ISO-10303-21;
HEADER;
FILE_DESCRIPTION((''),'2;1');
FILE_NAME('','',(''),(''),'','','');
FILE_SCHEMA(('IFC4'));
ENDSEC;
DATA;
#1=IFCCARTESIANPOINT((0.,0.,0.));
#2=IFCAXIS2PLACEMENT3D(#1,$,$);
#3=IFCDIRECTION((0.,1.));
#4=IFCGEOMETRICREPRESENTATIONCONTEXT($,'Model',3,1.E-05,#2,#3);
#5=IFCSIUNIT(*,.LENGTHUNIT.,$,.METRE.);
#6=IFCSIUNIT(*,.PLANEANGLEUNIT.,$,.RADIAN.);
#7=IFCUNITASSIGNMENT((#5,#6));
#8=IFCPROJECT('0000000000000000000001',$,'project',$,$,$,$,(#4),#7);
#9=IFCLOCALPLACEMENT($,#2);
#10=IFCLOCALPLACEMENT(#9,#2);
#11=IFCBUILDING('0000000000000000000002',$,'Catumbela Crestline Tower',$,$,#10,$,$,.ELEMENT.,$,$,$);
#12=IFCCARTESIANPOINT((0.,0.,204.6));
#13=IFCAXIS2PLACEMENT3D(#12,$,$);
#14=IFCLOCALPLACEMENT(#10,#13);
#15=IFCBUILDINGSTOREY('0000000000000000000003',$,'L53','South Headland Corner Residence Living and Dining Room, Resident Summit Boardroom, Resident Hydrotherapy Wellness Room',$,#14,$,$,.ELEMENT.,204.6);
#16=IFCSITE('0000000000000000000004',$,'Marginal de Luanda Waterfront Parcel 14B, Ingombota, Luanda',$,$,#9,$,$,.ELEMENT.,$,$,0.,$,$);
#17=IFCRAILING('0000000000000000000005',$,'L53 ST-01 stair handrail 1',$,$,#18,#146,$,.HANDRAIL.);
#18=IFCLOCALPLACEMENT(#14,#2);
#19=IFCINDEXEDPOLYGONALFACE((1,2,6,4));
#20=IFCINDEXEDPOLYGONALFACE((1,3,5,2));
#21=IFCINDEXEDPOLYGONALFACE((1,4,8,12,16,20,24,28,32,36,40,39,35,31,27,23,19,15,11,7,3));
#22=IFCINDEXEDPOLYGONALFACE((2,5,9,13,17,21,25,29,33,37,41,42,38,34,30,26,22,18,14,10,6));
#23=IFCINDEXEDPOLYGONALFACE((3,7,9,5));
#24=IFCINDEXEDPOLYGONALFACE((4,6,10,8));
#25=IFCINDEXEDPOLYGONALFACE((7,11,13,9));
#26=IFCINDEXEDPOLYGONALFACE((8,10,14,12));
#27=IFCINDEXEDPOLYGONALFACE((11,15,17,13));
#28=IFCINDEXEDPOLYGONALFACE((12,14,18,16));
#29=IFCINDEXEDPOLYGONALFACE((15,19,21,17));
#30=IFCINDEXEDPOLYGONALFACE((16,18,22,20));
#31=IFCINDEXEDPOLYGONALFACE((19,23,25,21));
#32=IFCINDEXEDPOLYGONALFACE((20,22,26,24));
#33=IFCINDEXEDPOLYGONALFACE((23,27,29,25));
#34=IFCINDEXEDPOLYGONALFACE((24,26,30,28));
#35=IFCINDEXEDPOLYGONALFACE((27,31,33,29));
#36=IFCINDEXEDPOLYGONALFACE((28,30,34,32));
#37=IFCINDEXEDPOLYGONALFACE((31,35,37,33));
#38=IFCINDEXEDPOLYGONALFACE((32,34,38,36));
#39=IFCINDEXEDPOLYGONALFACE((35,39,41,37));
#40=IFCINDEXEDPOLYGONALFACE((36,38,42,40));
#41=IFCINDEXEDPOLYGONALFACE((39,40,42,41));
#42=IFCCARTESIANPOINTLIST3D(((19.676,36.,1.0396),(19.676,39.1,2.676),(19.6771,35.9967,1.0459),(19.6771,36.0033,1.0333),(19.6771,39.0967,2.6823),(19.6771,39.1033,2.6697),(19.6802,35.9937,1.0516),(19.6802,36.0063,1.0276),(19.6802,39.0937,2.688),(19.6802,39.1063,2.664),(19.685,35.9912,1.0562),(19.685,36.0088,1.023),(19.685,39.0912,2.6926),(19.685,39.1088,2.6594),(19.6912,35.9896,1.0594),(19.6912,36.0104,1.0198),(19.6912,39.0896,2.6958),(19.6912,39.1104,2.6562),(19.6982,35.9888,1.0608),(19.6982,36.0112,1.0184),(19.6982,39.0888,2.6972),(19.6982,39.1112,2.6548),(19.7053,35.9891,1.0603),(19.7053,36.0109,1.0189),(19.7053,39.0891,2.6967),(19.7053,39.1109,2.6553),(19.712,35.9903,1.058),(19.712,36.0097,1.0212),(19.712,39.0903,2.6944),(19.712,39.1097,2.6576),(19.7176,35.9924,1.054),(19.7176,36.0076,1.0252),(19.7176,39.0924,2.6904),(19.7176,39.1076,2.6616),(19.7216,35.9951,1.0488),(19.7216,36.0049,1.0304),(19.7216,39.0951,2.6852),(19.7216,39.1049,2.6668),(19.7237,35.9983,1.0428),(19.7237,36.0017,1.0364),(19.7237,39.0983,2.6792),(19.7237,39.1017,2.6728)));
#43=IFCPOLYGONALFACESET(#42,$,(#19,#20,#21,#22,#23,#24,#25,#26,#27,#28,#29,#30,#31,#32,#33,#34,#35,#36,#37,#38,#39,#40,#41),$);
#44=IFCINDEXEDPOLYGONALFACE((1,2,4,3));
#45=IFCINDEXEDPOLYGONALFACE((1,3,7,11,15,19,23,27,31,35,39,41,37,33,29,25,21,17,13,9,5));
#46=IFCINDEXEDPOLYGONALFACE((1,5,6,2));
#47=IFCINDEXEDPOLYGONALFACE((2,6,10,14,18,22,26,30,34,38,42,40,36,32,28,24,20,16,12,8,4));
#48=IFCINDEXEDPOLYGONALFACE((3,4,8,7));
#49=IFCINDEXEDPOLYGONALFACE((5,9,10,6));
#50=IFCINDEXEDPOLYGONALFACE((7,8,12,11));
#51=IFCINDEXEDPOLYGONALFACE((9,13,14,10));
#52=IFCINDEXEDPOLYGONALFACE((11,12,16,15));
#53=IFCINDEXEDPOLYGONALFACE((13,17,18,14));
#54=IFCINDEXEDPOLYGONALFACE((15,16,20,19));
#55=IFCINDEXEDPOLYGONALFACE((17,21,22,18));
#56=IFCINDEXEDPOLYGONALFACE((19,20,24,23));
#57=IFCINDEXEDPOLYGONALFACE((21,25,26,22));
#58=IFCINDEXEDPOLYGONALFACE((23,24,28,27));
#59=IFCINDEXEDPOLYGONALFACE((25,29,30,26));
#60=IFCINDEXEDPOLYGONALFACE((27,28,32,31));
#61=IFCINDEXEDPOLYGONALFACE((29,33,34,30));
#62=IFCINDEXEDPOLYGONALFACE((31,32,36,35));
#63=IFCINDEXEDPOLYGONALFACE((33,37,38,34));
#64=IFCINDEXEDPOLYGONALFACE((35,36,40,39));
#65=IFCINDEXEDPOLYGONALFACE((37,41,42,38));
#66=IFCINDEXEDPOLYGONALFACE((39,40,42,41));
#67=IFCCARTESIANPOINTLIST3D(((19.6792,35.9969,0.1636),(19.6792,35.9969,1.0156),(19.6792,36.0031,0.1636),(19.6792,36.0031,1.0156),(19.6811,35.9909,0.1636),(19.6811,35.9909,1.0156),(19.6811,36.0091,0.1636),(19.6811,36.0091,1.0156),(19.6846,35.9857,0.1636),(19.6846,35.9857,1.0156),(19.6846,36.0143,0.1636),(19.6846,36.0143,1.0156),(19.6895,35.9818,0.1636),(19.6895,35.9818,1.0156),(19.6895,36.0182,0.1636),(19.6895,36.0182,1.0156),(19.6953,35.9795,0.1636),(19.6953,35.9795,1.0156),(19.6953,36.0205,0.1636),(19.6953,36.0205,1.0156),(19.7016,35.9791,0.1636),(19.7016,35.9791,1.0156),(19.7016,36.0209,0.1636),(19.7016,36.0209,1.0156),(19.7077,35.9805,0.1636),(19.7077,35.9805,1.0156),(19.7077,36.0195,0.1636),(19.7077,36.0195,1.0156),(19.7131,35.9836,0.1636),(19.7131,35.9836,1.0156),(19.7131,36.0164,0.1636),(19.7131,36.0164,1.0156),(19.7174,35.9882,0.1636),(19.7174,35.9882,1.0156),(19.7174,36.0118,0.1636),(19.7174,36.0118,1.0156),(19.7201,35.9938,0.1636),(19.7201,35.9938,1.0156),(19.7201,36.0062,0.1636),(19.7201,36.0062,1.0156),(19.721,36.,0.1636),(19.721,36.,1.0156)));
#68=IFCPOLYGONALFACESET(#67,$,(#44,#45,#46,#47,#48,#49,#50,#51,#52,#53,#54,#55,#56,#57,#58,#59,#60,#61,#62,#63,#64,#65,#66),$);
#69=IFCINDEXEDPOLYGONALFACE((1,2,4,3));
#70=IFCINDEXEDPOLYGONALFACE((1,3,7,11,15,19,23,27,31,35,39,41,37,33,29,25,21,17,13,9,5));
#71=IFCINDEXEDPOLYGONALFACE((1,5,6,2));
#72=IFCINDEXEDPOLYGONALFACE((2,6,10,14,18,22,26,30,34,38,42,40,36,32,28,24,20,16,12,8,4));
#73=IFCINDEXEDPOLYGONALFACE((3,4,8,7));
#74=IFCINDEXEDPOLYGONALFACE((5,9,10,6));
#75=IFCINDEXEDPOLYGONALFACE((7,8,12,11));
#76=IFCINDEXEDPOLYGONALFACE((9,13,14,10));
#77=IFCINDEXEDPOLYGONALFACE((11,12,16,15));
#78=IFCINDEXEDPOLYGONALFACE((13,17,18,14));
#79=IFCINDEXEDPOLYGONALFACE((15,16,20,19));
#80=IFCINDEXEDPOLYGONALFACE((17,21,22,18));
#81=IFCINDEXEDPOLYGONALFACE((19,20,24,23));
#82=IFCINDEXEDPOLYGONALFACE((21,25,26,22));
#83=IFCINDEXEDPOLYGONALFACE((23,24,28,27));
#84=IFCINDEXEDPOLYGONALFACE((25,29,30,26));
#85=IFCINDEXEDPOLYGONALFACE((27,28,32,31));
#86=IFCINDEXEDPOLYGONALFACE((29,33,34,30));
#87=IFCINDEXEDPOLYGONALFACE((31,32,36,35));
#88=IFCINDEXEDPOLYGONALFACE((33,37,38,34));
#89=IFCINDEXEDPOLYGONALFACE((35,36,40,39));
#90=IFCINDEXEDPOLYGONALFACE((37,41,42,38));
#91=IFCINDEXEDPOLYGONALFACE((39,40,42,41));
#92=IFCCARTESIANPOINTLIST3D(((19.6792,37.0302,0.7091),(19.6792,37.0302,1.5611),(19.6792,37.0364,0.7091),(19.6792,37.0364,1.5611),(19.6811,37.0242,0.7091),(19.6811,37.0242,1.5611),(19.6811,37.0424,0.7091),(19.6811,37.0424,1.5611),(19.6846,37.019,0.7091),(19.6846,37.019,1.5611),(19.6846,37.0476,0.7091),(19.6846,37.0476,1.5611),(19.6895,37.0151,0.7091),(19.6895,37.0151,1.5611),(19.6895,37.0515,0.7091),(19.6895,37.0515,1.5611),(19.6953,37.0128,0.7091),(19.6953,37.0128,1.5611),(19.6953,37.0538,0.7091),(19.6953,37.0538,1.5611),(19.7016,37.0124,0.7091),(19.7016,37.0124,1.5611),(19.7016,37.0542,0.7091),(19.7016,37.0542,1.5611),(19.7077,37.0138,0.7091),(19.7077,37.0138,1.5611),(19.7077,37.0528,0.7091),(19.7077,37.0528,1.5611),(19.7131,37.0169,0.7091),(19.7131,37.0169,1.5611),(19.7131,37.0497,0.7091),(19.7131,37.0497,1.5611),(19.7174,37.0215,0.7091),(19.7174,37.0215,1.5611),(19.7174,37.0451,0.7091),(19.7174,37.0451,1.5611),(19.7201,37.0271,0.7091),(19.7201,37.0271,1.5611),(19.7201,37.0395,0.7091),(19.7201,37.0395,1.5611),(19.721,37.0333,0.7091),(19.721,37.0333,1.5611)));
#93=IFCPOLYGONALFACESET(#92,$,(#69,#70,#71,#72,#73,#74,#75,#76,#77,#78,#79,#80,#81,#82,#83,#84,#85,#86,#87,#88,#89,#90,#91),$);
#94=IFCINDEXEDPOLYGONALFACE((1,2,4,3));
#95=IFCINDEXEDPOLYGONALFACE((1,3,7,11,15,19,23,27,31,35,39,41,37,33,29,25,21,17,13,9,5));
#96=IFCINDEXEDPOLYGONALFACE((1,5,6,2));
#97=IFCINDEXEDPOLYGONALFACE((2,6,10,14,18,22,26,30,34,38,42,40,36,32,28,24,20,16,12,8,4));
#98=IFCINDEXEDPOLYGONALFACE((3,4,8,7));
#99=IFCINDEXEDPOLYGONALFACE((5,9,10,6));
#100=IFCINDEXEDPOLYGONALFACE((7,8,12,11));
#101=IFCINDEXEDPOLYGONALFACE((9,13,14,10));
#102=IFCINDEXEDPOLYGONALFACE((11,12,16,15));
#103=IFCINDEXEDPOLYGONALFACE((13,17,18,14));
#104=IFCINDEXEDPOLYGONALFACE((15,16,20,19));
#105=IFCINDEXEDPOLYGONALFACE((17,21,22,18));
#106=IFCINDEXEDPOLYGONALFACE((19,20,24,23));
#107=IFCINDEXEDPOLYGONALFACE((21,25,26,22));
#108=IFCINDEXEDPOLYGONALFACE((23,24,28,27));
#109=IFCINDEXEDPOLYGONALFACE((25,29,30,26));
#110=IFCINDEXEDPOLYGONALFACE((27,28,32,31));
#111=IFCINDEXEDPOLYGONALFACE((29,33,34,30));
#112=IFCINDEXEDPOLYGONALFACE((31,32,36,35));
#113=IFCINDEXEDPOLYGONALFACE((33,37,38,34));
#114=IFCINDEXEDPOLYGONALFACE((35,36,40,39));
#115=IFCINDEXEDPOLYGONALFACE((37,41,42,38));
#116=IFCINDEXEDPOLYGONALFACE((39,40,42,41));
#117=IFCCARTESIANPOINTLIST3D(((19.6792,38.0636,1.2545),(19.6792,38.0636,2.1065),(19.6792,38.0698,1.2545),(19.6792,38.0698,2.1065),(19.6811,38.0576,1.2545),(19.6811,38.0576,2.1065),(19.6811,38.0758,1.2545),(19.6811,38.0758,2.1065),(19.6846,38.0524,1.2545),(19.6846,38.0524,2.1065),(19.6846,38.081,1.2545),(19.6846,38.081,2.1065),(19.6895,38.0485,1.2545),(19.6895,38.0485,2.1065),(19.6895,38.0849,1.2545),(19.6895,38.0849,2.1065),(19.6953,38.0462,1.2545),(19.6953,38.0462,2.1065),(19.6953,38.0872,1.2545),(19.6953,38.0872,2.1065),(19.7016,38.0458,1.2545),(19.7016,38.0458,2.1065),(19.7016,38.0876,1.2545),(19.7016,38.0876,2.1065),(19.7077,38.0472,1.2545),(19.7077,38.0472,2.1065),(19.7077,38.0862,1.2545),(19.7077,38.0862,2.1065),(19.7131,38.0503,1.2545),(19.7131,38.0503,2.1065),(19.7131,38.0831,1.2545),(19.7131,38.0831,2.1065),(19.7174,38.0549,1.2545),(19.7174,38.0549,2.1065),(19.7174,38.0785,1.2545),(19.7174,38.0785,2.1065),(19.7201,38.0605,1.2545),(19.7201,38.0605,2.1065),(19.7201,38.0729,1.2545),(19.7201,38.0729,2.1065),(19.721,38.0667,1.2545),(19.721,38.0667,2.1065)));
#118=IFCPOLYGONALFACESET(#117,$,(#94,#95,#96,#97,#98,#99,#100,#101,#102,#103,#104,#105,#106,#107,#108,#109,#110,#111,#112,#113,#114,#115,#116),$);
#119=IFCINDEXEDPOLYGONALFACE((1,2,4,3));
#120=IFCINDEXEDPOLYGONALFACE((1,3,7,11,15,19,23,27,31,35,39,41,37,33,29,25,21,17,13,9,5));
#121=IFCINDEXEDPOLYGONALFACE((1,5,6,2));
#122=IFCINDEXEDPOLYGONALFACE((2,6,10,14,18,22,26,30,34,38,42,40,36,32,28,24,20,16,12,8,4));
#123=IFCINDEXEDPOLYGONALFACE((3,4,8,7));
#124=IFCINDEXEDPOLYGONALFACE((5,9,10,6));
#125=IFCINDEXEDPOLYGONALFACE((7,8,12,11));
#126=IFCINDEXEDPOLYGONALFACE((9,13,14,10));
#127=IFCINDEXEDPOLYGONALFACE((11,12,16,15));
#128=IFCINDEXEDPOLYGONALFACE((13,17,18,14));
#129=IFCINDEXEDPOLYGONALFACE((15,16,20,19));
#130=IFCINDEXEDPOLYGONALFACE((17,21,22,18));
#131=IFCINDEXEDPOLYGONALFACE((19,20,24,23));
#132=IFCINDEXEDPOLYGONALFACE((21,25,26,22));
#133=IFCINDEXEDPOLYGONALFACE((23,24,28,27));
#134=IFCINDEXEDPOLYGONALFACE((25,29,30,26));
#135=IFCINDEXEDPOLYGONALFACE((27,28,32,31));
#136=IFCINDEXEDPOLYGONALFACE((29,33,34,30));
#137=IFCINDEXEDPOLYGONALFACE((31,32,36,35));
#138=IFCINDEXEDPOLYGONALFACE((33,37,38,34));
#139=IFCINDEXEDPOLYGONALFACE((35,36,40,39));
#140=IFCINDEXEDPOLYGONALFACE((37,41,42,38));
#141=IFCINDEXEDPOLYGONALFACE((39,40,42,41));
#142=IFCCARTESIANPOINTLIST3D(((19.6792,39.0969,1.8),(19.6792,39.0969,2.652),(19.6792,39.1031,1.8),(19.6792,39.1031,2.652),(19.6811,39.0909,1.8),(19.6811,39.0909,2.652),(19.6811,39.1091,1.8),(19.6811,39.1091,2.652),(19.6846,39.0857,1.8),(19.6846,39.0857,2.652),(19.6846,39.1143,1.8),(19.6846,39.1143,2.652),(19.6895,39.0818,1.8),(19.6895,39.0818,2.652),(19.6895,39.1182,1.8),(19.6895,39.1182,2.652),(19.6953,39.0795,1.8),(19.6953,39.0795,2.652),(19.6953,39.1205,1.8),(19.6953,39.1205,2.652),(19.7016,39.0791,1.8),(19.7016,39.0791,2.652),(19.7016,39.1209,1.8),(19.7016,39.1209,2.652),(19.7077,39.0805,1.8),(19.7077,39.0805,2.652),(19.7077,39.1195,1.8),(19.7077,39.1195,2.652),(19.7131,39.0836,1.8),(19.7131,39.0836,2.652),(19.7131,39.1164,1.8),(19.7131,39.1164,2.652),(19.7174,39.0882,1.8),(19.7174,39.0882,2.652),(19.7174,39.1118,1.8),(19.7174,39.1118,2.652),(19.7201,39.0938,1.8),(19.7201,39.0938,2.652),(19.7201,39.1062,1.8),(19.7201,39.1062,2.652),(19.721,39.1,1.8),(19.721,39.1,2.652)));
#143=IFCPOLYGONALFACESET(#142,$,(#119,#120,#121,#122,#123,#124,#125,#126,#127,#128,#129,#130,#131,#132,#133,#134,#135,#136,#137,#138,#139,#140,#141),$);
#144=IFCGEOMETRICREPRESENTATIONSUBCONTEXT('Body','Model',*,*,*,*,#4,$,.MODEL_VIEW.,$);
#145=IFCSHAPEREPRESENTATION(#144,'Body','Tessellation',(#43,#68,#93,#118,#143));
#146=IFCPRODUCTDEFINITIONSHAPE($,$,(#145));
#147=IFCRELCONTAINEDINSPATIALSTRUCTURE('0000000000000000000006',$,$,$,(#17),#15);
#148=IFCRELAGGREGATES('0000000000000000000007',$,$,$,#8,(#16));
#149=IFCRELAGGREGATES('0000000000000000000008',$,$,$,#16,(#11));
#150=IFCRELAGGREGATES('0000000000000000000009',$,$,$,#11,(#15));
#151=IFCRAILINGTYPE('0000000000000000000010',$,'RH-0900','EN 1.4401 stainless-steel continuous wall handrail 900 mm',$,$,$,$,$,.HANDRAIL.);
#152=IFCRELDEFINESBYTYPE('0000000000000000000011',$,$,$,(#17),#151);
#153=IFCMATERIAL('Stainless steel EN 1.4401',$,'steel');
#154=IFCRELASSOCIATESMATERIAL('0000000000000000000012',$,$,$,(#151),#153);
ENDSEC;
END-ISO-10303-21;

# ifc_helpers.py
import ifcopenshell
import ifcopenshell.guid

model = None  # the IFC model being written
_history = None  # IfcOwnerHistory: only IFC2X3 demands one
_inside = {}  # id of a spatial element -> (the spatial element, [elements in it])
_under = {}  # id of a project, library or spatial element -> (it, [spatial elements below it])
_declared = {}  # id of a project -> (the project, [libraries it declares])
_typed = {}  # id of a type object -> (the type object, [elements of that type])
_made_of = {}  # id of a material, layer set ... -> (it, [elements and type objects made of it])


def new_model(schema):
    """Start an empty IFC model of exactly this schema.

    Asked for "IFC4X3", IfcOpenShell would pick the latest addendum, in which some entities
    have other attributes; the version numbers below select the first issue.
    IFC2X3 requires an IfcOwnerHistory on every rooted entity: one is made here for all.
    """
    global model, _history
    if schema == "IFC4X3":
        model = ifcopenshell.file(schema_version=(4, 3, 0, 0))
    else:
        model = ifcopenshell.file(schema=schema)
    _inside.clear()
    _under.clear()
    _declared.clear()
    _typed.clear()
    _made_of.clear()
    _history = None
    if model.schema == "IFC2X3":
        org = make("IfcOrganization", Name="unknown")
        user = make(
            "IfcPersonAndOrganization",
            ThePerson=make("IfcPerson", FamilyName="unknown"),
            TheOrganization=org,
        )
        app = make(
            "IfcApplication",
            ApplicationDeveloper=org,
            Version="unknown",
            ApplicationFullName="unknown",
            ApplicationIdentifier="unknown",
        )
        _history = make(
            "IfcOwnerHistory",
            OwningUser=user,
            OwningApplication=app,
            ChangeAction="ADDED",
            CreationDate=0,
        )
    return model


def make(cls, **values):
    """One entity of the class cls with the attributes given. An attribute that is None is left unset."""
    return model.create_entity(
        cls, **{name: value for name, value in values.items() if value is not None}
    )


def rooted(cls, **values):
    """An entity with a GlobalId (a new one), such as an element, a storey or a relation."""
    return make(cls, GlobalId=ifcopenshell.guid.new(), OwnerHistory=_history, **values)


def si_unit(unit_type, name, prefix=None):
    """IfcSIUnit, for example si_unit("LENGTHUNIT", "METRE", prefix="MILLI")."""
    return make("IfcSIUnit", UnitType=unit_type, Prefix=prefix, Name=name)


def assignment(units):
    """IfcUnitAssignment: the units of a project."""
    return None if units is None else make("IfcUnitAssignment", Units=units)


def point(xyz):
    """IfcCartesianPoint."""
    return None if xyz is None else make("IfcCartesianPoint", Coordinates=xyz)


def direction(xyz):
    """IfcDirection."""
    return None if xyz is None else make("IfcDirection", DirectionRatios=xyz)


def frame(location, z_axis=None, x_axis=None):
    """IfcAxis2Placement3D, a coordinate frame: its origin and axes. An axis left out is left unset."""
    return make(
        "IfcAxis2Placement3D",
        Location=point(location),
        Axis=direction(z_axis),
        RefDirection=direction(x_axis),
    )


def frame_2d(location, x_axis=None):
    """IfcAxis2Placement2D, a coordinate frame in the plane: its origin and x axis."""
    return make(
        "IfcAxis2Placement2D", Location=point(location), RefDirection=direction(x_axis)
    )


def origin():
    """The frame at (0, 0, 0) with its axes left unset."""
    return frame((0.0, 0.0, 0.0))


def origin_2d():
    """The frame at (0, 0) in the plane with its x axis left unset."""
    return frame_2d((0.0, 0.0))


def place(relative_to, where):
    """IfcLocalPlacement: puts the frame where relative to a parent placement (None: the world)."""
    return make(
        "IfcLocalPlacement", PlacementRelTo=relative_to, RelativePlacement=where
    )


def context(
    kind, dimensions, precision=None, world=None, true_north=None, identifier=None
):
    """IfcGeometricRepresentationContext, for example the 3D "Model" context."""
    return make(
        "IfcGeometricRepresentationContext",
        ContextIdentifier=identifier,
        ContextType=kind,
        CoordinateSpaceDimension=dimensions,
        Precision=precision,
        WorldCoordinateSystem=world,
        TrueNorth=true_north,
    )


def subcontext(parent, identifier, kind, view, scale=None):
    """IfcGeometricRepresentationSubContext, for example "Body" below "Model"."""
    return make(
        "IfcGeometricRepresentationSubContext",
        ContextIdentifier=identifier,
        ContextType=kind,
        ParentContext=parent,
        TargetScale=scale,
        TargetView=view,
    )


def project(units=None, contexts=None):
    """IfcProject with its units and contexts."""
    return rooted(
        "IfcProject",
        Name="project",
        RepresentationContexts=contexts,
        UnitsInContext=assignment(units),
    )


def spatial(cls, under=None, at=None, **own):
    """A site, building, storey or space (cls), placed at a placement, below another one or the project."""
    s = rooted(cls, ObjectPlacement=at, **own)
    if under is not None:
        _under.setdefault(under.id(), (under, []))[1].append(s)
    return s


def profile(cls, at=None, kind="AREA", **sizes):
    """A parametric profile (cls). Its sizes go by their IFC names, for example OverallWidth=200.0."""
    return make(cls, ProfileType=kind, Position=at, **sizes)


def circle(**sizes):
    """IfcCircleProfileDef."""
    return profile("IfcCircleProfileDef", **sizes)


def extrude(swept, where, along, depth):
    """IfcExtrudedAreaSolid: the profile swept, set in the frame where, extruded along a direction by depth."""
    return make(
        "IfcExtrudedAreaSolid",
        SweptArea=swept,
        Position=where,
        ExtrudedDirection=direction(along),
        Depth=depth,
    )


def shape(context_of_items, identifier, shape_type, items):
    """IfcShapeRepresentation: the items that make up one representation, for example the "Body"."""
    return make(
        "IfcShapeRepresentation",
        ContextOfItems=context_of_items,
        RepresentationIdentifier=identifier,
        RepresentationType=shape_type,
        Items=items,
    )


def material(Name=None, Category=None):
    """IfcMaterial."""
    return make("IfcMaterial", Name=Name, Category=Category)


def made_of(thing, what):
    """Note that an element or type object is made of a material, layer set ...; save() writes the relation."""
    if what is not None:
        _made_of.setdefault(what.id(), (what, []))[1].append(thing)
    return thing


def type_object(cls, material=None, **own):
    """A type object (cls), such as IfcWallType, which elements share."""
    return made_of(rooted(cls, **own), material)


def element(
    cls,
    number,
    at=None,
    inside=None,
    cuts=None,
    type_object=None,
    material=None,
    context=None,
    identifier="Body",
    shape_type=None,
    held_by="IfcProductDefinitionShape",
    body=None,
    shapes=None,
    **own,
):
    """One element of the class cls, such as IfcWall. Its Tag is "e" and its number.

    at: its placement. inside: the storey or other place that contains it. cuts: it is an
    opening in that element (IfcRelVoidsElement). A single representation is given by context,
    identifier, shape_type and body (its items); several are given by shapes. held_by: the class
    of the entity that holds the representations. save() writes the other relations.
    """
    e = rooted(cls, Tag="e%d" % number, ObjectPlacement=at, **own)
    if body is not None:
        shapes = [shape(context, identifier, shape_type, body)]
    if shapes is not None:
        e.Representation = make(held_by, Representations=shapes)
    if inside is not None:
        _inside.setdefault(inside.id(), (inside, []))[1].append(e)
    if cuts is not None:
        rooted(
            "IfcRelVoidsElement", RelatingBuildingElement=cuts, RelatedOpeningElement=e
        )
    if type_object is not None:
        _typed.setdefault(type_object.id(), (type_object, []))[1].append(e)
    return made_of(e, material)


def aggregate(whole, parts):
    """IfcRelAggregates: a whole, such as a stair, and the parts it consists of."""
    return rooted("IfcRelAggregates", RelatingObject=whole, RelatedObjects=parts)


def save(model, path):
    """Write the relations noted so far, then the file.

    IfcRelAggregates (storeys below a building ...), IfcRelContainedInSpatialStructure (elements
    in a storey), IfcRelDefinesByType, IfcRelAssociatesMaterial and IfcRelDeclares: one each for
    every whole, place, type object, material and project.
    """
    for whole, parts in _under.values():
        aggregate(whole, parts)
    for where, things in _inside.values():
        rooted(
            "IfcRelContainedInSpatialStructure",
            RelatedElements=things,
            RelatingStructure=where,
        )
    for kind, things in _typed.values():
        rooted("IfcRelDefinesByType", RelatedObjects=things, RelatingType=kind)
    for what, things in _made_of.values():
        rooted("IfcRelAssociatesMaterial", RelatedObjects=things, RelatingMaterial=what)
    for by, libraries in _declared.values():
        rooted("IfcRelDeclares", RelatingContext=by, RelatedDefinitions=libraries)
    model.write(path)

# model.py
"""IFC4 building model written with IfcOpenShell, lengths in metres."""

from ifc_helpers import new_model, si_unit, direction, frame, origin, origin_2d, place, context, subcontext, project, spatial, circle, extrude, material, type_object, element, save


model = new_model("IFC4")

# Units and contexts
model_context = context("Model", 3, precision=1e-05, world=origin(), true_north=direction((0.0, 1.0)))
body_context = subcontext(model_context, "Body", "Model", "MODEL_VIEW")
ifc_project = project(units=[si_unit("LENGTHUNIT", "METRE"), si_unit("PLANEANGLEUNIT", "RADIAN")], contexts=[model_context])

# Site, building, storey
site_placement = place(None, origin())
site = spatial("IfcSite", under=ifc_project, at=site_placement, Name="Marginal de Luanda Waterfront Parcel 14B, Ingombota, Luanda", CompositionType="ELEMENT", RefElevation=0.0)
building_placement = place(site_placement, origin())
building = spatial("IfcBuilding", under=site, at=building_placement, Name="Catumbela Crestline Tower", CompositionType="ELEMENT")
storey_placement = place(building_placement, frame((0.0, 0.0, 204.6)))
storey = spatial("IfcBuildingStorey", under=building, at=storey_placement, Name="L53", Description="South Headland Corner Residence Living and Dining Room, Resident Summit Boardroom, Resident Hydrotherapy Wellness Room", CompositionType="ELEMENT", Elevation=204.6)

# Shared definitions
ifc_material_1 = material(Name="Stainless steel EN 1.4401", Category="steel")

# Railing
railing_type_1 = type_object("IfcRailingType", Name="RH-0900", Description="EN 1.4401 stainless-steel continuous wall handrail 900 mm", PredefinedType="HANDRAIL", material=ifc_material_1)
railing_1_placement = place(storey_placement, frame((19.7, 36.0, 0.1636)))
element("IfcRailing", 1, at=railing_1_placement, inside=storey, type_object=railing_type_1, Name="L53 ST-01 stair handrail 1", PredefinedType="HANDRAIL", context=body_context, shape_type="SweptSolid", body=[
    extrude(circle(Radius=0.024, at=origin_2d()), frame((0.0, 0.0, 0.876), z_axis=(0.0, 0.884351, 0.466823), x_axis=(-1.0, 0.0, 0.0)), (0.0, 0.0, 1.0), 3.5054),
    extrude(circle(Radius=0.021, at=origin_2d()), origin(), (0.0, 0.0, 1.0), 0.852),
    extrude(circle(Radius=0.021, at=origin_2d()), frame((0.0, 1.0333, 0.5455)), (0.0, 0.0, 1.0), 0.852),
    extrude(circle(Radius=0.021, at=origin_2d()), frame((0.0, 2.0667, 1.0909)), (0.0, 0.0, 1.0), 0.852),
    extrude(circle(Radius=0.021, at=origin_2d()), frame((0.0, 3.1, 1.6364)), (0.0, 0.0, 1.0), 0.852),
])

save(model, "model.ifc")
